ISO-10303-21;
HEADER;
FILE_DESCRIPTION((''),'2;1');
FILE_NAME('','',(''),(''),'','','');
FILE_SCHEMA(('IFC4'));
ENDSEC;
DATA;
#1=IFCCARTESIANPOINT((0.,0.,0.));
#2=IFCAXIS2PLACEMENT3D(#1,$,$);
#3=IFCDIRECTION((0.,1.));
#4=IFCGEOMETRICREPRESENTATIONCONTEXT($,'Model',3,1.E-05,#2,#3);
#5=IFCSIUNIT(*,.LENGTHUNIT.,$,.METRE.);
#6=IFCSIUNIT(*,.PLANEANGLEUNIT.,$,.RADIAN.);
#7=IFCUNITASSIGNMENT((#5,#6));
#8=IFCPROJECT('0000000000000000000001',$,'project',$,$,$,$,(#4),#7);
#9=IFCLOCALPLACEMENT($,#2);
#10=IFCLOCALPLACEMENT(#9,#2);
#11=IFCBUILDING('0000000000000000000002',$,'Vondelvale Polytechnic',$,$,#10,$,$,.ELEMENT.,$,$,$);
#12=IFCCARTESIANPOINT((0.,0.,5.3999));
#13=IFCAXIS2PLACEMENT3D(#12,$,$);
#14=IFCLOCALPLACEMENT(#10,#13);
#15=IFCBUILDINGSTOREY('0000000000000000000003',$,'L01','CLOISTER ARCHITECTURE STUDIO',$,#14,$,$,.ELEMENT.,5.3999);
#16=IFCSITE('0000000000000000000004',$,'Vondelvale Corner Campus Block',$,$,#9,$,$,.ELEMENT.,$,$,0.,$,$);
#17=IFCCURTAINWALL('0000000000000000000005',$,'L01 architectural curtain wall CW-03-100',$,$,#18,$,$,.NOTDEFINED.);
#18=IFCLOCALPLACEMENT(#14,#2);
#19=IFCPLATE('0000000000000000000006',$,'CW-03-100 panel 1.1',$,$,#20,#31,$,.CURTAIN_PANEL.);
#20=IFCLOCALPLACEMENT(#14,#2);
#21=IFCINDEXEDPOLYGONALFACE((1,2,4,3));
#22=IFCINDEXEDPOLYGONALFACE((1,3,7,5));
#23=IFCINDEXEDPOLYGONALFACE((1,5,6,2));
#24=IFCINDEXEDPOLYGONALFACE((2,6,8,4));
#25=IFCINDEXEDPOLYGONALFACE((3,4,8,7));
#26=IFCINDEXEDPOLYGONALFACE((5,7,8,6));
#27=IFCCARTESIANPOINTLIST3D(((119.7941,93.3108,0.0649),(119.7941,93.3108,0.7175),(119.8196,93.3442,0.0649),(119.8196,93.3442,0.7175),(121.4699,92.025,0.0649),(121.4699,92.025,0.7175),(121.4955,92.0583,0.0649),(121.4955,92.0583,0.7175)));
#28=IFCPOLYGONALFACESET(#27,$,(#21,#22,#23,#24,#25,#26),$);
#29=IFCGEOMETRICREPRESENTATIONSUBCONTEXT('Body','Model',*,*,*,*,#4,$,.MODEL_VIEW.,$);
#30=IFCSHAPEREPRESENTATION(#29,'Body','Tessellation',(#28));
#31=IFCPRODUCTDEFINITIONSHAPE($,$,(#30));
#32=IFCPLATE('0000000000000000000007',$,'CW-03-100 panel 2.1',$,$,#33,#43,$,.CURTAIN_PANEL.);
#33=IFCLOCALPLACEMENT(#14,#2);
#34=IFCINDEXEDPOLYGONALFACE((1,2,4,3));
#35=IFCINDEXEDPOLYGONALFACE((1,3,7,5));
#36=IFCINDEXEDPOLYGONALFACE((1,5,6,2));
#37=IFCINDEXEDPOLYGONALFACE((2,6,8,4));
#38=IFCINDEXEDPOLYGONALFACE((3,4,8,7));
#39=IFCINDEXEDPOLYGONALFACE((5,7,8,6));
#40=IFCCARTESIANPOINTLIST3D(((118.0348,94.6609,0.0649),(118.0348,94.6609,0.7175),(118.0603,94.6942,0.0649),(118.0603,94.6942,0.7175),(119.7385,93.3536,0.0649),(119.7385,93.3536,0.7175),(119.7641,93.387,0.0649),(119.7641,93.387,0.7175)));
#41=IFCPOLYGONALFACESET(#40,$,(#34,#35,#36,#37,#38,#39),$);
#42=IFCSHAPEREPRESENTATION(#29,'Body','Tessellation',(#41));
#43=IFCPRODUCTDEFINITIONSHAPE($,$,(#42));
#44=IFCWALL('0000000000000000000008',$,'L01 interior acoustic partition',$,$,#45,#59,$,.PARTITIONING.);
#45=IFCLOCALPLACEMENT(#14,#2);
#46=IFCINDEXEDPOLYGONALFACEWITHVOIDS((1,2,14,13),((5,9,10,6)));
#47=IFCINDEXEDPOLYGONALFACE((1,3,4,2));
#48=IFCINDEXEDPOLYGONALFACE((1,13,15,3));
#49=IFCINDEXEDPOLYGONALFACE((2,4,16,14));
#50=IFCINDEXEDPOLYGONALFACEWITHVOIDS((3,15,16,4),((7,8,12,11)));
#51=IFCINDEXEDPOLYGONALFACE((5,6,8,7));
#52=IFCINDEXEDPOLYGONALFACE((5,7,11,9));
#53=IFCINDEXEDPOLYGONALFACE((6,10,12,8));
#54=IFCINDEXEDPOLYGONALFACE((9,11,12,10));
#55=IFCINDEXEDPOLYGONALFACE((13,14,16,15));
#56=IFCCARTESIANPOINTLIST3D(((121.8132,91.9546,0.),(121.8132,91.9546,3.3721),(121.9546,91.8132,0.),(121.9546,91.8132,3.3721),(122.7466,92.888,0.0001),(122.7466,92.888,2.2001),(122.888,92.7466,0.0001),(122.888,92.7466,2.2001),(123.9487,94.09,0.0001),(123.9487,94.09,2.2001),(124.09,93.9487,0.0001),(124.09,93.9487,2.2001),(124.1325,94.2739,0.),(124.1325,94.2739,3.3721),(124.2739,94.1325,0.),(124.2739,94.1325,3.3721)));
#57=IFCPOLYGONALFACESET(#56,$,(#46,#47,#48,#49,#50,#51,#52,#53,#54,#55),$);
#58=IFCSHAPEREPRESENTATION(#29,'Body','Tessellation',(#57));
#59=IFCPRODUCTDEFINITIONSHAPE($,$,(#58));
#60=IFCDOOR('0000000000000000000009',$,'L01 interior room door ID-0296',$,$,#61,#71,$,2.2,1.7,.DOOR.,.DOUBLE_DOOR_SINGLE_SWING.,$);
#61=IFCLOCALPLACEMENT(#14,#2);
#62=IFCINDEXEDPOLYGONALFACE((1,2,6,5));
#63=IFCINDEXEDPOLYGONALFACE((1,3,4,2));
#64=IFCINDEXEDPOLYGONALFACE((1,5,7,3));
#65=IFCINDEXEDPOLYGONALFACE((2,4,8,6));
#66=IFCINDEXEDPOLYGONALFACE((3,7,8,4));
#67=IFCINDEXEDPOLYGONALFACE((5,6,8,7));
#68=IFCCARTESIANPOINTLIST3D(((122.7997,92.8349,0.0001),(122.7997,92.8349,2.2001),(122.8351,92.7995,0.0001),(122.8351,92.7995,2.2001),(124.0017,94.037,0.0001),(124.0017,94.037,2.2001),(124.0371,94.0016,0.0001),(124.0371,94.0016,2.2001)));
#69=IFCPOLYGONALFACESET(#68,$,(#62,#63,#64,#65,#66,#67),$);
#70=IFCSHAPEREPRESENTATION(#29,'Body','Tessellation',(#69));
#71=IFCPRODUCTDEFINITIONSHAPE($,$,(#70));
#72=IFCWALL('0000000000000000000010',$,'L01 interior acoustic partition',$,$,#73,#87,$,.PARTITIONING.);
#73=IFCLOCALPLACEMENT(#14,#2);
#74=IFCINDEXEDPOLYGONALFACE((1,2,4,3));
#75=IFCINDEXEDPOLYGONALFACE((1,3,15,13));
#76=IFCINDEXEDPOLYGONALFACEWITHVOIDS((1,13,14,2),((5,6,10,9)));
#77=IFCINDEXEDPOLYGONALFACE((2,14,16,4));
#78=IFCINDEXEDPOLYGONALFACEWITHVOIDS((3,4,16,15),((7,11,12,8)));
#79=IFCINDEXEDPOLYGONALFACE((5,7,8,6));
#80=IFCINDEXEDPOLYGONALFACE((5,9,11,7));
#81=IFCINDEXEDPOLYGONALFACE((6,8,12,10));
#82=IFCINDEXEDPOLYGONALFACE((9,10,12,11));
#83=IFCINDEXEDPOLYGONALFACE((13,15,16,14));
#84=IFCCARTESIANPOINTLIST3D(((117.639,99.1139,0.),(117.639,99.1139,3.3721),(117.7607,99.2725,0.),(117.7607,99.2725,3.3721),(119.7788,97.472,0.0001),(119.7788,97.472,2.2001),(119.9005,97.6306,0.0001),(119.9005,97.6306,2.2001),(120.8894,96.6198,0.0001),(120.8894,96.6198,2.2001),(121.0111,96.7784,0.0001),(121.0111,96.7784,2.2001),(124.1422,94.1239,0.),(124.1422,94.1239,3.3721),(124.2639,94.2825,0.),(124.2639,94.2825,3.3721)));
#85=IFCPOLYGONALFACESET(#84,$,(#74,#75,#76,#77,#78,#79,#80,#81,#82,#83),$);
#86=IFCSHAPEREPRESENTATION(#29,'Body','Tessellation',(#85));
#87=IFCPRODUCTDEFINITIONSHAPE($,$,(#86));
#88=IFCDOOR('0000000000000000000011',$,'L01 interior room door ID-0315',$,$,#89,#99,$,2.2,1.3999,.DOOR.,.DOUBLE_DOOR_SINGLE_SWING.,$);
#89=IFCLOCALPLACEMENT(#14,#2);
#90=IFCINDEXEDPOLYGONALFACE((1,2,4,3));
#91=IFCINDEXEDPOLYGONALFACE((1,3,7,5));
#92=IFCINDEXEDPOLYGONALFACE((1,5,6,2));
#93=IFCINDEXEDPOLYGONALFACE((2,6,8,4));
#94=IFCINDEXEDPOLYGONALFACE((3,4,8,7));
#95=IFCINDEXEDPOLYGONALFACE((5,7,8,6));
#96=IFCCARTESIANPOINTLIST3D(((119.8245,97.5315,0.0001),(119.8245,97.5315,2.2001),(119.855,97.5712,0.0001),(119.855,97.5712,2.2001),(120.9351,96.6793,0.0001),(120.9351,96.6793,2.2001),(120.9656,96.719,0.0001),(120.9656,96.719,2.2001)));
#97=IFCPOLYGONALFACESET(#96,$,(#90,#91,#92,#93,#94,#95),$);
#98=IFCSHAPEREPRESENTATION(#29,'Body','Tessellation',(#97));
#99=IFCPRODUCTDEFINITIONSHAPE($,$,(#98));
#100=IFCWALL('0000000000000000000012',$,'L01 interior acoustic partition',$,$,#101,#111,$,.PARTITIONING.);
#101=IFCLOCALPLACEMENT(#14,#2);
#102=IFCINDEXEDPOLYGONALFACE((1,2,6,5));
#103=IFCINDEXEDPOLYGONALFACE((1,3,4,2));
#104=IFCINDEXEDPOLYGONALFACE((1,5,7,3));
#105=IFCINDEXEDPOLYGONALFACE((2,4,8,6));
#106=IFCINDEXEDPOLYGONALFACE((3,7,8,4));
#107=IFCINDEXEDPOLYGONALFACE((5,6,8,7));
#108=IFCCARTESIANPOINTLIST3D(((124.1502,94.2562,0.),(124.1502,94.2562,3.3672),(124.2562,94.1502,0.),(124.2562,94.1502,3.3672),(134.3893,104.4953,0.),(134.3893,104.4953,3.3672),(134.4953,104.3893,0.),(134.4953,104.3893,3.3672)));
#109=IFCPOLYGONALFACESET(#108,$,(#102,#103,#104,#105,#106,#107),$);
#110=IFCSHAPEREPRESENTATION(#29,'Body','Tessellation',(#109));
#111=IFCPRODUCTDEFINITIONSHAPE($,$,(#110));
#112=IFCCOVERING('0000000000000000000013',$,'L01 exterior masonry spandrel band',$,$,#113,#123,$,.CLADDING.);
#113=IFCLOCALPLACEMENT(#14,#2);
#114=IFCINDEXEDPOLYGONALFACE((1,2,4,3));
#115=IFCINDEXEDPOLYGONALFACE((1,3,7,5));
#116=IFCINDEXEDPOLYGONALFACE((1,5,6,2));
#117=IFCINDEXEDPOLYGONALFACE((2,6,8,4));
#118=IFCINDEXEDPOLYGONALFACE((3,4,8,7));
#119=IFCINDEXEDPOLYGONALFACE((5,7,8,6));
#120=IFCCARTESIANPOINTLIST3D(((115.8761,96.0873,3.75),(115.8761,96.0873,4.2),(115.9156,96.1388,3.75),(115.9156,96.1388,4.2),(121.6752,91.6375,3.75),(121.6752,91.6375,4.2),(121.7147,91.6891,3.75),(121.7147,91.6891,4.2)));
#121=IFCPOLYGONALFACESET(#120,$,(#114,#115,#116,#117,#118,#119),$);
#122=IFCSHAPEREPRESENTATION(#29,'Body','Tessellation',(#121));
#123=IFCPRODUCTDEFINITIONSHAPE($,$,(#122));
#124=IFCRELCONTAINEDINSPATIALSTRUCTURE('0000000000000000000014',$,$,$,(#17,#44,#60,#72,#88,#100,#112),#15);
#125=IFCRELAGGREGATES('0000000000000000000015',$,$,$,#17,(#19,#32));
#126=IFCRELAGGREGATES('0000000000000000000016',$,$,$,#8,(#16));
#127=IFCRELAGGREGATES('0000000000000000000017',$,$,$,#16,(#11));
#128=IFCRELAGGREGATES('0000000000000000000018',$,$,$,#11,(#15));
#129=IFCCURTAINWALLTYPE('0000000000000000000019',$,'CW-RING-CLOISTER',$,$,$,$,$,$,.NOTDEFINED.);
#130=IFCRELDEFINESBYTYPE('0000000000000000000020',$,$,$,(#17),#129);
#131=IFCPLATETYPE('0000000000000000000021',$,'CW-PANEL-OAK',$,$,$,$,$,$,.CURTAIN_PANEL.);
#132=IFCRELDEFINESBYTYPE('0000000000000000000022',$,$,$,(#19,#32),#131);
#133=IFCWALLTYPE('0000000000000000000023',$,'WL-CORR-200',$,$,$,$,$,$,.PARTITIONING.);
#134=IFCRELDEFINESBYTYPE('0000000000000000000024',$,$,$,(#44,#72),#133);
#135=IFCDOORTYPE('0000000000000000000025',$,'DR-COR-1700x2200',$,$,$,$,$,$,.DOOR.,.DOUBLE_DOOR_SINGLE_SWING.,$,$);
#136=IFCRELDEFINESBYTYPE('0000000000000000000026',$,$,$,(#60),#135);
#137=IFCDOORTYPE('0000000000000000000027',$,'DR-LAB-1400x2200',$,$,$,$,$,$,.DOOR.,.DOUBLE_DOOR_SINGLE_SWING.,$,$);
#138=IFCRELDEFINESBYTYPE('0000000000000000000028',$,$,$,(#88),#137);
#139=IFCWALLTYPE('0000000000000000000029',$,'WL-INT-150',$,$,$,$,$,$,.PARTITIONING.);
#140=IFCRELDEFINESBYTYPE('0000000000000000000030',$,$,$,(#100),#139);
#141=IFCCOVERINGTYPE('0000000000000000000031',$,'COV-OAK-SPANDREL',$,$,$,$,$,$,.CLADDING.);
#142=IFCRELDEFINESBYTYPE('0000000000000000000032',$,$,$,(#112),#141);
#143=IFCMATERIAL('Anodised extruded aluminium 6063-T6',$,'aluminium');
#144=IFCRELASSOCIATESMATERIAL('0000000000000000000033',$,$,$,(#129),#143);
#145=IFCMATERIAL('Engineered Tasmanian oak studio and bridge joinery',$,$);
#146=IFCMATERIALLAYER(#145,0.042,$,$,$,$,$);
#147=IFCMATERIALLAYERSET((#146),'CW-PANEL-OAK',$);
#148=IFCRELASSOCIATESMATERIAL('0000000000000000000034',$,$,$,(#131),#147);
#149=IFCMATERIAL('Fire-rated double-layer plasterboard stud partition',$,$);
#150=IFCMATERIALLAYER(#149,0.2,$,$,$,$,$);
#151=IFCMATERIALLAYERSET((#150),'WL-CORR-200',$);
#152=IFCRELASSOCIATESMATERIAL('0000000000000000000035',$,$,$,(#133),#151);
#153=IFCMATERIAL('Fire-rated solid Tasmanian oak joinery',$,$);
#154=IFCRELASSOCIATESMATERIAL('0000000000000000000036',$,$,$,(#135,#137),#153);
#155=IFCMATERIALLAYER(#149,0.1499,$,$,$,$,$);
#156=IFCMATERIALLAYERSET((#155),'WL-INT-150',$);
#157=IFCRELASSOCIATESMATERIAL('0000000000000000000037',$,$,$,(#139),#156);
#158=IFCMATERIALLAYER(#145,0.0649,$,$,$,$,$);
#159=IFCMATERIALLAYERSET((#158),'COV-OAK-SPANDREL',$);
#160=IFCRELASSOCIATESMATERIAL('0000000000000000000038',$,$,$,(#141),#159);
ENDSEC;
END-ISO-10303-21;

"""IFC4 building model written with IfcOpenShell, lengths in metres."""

from ifc_helpers import new_model, si_unit, direction, frame, frame_2d, origin, origin_2d, place, context, subcontext, project, spatial, rectangle, extrude, material, layer, layer_set, type_object, element, fill, aggregate, save


model = new_model("IFC4")

# Units and contexts
model_context = context("Model", 3, precision=1e-05, world=origin(), true_north=direction((0.0, 1.0)))
body_context = subcontext(model_context, "Body", "Model", "MODEL_VIEW")
ifc_project = project(units=[si_unit("LENGTHUNIT", "METRE"), si_unit("PLANEANGLEUNIT", "RADIAN")], contexts=[model_context])

# Site, building, storey
site_placement = place(None, origin())
site = spatial("IfcSite", under=ifc_project, at=site_placement, Name="Vondelvale Corner Campus Block", CompositionType="ELEMENT", RefElevation=0.0)
building_placement = place(site_placement, origin())
building = spatial("IfcBuilding", under=site, at=building_placement, Name="Vondelvale Polytechnic", CompositionType="ELEMENT")
storey_placement = place(building_placement, frame((0.0, 0.0, 5.3999)))
storey = spatial("IfcBuildingStorey", under=building, at=storey_placement, Name="L01", Description="CLOISTER ARCHITECTURE STUDIO", CompositionType="ELEMENT", Elevation=5.3999)

# Curtain wall
ifc_material_1 = material(Name="Anodised extruded aluminium 6063-T6", Category="aluminium")
curtain_wall_type = type_object("IfcCurtainWallType", Name="CW-RING-CLOISTER", PredefinedType="NOTDEFINED", material=ifc_material_1)
curtain_wall_placement = place(storey_placement, origin())
curtain_wall = element("IfcCurtainWall", 1, at=curtain_wall_placement, inside=storey, type_object=curtain_wall_type, Name="L01 architectural curtain wall CW-03-100", PredefinedType="NOTDEFINED")

# Plates
ifc_material_2 = material(Name="Engineered Tasmanian oak studio and bridge joinery")
ifc_layer_1 = layer(ifc_material_2, 0.042)
ifc_layer_set_1 = layer_set([ifc_layer_1], Name="CW-PANEL-OAK")
plate_type_1 = type_object("IfcPlateType", Name="CW-PANEL-OAK", PredefinedType="CURTAIN_PANEL", material=ifc_layer_set_1)
plate_1_placement = place(storey_placement, frame((120.6448, 92.6846, 0.0649), z_axis=(0.0, 0.0, 1.0), x_axis=(-0.793364, 0.608748, 0.0)))
plate_1 = element("IfcPlate", 2, at=plate_1_placement, type_object=plate_type_1, Name="CW-03-100 panel 1.1", PredefinedType="CURTAIN_PANEL", context=body_context, shape_type="SweptSolid", body=[
    extrude(rectangle(XDim=2.1123, YDim=0.042, at=origin_2d()), origin(), (0.0, 0.0, 1.0), 0.6526),
])
plate_2_placement = place(storey_placement, frame((118.8994, 94.0239, 0.0649), z_axis=(0.0, 0.0, 1.0), x_axis=(-0.793364, 0.608748, 0.0)))
plate_2 = element("IfcPlate", 3, at=plate_2_placement, type_object=plate_type_1, Name="CW-03-100 panel 2.1", PredefinedType="CURTAIN_PANEL", context=body_context, shape_type="SweptSolid", body=[
    extrude(rectangle(XDim=2.1475, YDim=0.042, at=origin_2d()), origin(), (0.0, 0.0, 1.0), 0.6526),
])
aggregate(curtain_wall, [plate_1, plate_2])

# Walls, openings, doors
ifc_material_3 = material(Name="Fire-rated double-layer plasterboard stud partition")
ifc_layer_2 = layer(ifc_material_3, 0.2)
ifc_layer_set_2 = layer_set([ifc_layer_2], Name="WL-CORR-200")
wall_type_1 = type_object("IfcWallType", Name="WL-CORR-200", PredefinedType="PARTITIONING", material=ifc_layer_set_2)
wall_1_placement = place(storey_placement, frame((121.8838, 91.8838, 0.0), z_axis=(0.0, 0.0, 1.0), x_axis=(0.707107, 0.707107, 0.0)))
wall_1 = element("IfcWall", 4, at=wall_1_placement, inside=storey, type_object=wall_type_1, Name="L01 interior acoustic partition", PredefinedType="PARTITIONING", context=body_context, shape_type="SweptSolid", body=[
    extrude(rectangle(XDim=3.28, YDim=0.2, at=frame_2d((1.6401, 0.0))), origin(), (0.0, 0.0, 1.0), 3.3721),
])
opening_1_placement = place(wall_1_placement, frame((1.3201, 0.0, 0.0)))
opening_1 = element("IfcOpeningElement", 5, at=opening_1_placement, cuts=wall_1, PredefinedType="OPENING", context=body_context, shape_type="SweptSolid", body=[
    extrude(rectangle(XDim=1.7, YDim=2.2, at=frame_2d((0.8501, 1.1001))), frame((0.0, 0.1099, 0.0), z_axis=(0.0, -1.0, 0.0), x_axis=(1.0, 0.0, 0.0)), (0.0, 0.0, 1.0), 0.22),
])
ifc_material_4 = material(Name="Fire-rated solid Tasmanian oak joinery")
door_type_1 = type_object("IfcDoorType", Name="DR-COR-1700x2200", OperationType="DOUBLE_DOOR_SINGLE_SWING", PredefinedType="DOOR", material=ifc_material_4)
door_1_placement = place(opening_1_placement, origin())
door_1 = element("IfcDoor", 6, at=door_1_placement, inside=storey, type_object=door_type_1, Name="L01 interior room door ID-0296", OperationType="DOUBLE_DOOR_SINGLE_SWING", OverallHeight=2.2, OverallWidth=1.7, PredefinedType="DOOR", context=body_context, shape_type="SweptSolid", body=[
    extrude(rectangle(XDim=1.7, YDim=2.2, at=frame_2d((0.8501, 1.1001))), frame((0.0, 0.0249, 0.0), z_axis=(0.0, -1.0, 0.0), x_axis=(1.0, 0.0, 0.0)), (0.0, 0.0, 1.0), 0.05),
])
fill(opening_1, door_1)
wall_2_placement = place(storey_placement, frame((124.2031, 94.2031, 0.0), z_axis=(0.0, 0.0, 1.0), x_axis=(-0.793357, 0.608756, 0.0)))
wall_2 = element("IfcWall", 7, at=wall_2_placement, inside=storey, type_object=wall_type_1, Name="L01 interior acoustic partition", PredefinedType="PARTITIONING", context=body_context, shape_type="SweptSolid", body=[
    extrude(rectangle(XDim=8.197, YDim=0.2, at=frame_2d((4.0986, 0.0))), origin(), (0.0, 0.0, 1.0), 3.3721),
])
opening_2_placement = place(wall_2_placement, frame((4.1001, 0.0, 0.0)))
opening_2 = element("IfcOpeningElement", 8, at=opening_2_placement, cuts=wall_2, PredefinedType="OPENING", context=body_context, shape_type="SweptSolid", body=[
    extrude(rectangle(XDim=1.3999, YDim=2.2, at=frame_2d((0.7, 1.1001))), frame((0.0, 0.1099, 0.0), z_axis=(0.0, -1.0, 0.0), x_axis=(1.0, 0.0, 0.0)), (0.0, 0.0, 1.0), 0.22),
])
door_type_2 = type_object("IfcDoorType", Name="DR-LAB-1400x2200", OperationType="DOUBLE_DOOR_SINGLE_SWING", PredefinedType="DOOR", material=ifc_material_4)
door_2_placement = place(opening_2_placement, origin())
door_2 = element("IfcDoor", 9, at=door_2_placement, inside=storey, type_object=door_type_2, Name="L01 interior room door ID-0315", OperationType="DOUBLE_DOOR_SINGLE_SWING", OverallHeight=2.2, OverallWidth=1.3999, PredefinedType="DOOR", context=body_context, shape_type="SweptSolid", body=[
    extrude(rectangle(XDim=1.3999, YDim=2.2, at=frame_2d((0.7, 1.1001))), frame((0.0, 0.0249, 0.0), z_axis=(0.0, -1.0, 0.0), x_axis=(1.0, 0.0, 0.0)), (0.0, 0.0, 1.0), 0.05),
])
fill(opening_2, door_2)

# Wall
ifc_layer_3 = layer(ifc_material_3, 0.1499)
ifc_layer_set_3 = layer_set([ifc_layer_3], Name="WL-INT-150")
wall_type_2 = type_object("IfcWallType", Name="WL-INT-150", PredefinedType="PARTITIONING", material=ifc_layer_set_3)
wall_3_placement = place(storey_placement, frame((124.2031, 94.2031, 0.0), z_axis=(0.0, 0.0, 1.0), x_axis=(0.707107, 0.707107, 0.0)))
element("IfcWall", 10, at=wall_3_placement, inside=storey, type_object=wall_type_2, Name="L01 interior acoustic partition", PredefinedType="PARTITIONING", context=body_context, shape_type="SweptSolid", body=[
    extrude(rectangle(XDim=14.4802, YDim=0.1499, at=frame_2d((7.2402, 0.0))), origin(), (0.0, 0.0, 1.0), 3.3672),
])

# Covering
ifc_layer_4 = layer(ifc_material_2, 0.0649)
ifc_layer_set_4 = layer_set([ifc_layer_4], Name="COV-OAK-SPANDREL")
covering_type = type_object("IfcCoveringType", Name="COV-OAK-SPANDREL", PredefinedType="CLADDING", material=ifc_layer_set_4)
covering_placement = place(storey_placement, frame((118.7954, 93.8882, 3.75), z_axis=(0.0, 0.0, 1.0), x_axis=(-0.793353, 0.608761, 0.0)))
element("IfcCovering", 11, at=covering_placement, inside=storey, type_object=covering_type, Name="L01 exterior masonry spandrel band", PredefinedType="CLADDING", context=body_context, shape_type="SweptSolid", body=[
    extrude(rectangle(XDim=7.3096, YDim=0.0649, at=origin_2d()), origin(), (0.0, 0.0, 1.0), 0.45),
])

save(model, "model.ifc")
